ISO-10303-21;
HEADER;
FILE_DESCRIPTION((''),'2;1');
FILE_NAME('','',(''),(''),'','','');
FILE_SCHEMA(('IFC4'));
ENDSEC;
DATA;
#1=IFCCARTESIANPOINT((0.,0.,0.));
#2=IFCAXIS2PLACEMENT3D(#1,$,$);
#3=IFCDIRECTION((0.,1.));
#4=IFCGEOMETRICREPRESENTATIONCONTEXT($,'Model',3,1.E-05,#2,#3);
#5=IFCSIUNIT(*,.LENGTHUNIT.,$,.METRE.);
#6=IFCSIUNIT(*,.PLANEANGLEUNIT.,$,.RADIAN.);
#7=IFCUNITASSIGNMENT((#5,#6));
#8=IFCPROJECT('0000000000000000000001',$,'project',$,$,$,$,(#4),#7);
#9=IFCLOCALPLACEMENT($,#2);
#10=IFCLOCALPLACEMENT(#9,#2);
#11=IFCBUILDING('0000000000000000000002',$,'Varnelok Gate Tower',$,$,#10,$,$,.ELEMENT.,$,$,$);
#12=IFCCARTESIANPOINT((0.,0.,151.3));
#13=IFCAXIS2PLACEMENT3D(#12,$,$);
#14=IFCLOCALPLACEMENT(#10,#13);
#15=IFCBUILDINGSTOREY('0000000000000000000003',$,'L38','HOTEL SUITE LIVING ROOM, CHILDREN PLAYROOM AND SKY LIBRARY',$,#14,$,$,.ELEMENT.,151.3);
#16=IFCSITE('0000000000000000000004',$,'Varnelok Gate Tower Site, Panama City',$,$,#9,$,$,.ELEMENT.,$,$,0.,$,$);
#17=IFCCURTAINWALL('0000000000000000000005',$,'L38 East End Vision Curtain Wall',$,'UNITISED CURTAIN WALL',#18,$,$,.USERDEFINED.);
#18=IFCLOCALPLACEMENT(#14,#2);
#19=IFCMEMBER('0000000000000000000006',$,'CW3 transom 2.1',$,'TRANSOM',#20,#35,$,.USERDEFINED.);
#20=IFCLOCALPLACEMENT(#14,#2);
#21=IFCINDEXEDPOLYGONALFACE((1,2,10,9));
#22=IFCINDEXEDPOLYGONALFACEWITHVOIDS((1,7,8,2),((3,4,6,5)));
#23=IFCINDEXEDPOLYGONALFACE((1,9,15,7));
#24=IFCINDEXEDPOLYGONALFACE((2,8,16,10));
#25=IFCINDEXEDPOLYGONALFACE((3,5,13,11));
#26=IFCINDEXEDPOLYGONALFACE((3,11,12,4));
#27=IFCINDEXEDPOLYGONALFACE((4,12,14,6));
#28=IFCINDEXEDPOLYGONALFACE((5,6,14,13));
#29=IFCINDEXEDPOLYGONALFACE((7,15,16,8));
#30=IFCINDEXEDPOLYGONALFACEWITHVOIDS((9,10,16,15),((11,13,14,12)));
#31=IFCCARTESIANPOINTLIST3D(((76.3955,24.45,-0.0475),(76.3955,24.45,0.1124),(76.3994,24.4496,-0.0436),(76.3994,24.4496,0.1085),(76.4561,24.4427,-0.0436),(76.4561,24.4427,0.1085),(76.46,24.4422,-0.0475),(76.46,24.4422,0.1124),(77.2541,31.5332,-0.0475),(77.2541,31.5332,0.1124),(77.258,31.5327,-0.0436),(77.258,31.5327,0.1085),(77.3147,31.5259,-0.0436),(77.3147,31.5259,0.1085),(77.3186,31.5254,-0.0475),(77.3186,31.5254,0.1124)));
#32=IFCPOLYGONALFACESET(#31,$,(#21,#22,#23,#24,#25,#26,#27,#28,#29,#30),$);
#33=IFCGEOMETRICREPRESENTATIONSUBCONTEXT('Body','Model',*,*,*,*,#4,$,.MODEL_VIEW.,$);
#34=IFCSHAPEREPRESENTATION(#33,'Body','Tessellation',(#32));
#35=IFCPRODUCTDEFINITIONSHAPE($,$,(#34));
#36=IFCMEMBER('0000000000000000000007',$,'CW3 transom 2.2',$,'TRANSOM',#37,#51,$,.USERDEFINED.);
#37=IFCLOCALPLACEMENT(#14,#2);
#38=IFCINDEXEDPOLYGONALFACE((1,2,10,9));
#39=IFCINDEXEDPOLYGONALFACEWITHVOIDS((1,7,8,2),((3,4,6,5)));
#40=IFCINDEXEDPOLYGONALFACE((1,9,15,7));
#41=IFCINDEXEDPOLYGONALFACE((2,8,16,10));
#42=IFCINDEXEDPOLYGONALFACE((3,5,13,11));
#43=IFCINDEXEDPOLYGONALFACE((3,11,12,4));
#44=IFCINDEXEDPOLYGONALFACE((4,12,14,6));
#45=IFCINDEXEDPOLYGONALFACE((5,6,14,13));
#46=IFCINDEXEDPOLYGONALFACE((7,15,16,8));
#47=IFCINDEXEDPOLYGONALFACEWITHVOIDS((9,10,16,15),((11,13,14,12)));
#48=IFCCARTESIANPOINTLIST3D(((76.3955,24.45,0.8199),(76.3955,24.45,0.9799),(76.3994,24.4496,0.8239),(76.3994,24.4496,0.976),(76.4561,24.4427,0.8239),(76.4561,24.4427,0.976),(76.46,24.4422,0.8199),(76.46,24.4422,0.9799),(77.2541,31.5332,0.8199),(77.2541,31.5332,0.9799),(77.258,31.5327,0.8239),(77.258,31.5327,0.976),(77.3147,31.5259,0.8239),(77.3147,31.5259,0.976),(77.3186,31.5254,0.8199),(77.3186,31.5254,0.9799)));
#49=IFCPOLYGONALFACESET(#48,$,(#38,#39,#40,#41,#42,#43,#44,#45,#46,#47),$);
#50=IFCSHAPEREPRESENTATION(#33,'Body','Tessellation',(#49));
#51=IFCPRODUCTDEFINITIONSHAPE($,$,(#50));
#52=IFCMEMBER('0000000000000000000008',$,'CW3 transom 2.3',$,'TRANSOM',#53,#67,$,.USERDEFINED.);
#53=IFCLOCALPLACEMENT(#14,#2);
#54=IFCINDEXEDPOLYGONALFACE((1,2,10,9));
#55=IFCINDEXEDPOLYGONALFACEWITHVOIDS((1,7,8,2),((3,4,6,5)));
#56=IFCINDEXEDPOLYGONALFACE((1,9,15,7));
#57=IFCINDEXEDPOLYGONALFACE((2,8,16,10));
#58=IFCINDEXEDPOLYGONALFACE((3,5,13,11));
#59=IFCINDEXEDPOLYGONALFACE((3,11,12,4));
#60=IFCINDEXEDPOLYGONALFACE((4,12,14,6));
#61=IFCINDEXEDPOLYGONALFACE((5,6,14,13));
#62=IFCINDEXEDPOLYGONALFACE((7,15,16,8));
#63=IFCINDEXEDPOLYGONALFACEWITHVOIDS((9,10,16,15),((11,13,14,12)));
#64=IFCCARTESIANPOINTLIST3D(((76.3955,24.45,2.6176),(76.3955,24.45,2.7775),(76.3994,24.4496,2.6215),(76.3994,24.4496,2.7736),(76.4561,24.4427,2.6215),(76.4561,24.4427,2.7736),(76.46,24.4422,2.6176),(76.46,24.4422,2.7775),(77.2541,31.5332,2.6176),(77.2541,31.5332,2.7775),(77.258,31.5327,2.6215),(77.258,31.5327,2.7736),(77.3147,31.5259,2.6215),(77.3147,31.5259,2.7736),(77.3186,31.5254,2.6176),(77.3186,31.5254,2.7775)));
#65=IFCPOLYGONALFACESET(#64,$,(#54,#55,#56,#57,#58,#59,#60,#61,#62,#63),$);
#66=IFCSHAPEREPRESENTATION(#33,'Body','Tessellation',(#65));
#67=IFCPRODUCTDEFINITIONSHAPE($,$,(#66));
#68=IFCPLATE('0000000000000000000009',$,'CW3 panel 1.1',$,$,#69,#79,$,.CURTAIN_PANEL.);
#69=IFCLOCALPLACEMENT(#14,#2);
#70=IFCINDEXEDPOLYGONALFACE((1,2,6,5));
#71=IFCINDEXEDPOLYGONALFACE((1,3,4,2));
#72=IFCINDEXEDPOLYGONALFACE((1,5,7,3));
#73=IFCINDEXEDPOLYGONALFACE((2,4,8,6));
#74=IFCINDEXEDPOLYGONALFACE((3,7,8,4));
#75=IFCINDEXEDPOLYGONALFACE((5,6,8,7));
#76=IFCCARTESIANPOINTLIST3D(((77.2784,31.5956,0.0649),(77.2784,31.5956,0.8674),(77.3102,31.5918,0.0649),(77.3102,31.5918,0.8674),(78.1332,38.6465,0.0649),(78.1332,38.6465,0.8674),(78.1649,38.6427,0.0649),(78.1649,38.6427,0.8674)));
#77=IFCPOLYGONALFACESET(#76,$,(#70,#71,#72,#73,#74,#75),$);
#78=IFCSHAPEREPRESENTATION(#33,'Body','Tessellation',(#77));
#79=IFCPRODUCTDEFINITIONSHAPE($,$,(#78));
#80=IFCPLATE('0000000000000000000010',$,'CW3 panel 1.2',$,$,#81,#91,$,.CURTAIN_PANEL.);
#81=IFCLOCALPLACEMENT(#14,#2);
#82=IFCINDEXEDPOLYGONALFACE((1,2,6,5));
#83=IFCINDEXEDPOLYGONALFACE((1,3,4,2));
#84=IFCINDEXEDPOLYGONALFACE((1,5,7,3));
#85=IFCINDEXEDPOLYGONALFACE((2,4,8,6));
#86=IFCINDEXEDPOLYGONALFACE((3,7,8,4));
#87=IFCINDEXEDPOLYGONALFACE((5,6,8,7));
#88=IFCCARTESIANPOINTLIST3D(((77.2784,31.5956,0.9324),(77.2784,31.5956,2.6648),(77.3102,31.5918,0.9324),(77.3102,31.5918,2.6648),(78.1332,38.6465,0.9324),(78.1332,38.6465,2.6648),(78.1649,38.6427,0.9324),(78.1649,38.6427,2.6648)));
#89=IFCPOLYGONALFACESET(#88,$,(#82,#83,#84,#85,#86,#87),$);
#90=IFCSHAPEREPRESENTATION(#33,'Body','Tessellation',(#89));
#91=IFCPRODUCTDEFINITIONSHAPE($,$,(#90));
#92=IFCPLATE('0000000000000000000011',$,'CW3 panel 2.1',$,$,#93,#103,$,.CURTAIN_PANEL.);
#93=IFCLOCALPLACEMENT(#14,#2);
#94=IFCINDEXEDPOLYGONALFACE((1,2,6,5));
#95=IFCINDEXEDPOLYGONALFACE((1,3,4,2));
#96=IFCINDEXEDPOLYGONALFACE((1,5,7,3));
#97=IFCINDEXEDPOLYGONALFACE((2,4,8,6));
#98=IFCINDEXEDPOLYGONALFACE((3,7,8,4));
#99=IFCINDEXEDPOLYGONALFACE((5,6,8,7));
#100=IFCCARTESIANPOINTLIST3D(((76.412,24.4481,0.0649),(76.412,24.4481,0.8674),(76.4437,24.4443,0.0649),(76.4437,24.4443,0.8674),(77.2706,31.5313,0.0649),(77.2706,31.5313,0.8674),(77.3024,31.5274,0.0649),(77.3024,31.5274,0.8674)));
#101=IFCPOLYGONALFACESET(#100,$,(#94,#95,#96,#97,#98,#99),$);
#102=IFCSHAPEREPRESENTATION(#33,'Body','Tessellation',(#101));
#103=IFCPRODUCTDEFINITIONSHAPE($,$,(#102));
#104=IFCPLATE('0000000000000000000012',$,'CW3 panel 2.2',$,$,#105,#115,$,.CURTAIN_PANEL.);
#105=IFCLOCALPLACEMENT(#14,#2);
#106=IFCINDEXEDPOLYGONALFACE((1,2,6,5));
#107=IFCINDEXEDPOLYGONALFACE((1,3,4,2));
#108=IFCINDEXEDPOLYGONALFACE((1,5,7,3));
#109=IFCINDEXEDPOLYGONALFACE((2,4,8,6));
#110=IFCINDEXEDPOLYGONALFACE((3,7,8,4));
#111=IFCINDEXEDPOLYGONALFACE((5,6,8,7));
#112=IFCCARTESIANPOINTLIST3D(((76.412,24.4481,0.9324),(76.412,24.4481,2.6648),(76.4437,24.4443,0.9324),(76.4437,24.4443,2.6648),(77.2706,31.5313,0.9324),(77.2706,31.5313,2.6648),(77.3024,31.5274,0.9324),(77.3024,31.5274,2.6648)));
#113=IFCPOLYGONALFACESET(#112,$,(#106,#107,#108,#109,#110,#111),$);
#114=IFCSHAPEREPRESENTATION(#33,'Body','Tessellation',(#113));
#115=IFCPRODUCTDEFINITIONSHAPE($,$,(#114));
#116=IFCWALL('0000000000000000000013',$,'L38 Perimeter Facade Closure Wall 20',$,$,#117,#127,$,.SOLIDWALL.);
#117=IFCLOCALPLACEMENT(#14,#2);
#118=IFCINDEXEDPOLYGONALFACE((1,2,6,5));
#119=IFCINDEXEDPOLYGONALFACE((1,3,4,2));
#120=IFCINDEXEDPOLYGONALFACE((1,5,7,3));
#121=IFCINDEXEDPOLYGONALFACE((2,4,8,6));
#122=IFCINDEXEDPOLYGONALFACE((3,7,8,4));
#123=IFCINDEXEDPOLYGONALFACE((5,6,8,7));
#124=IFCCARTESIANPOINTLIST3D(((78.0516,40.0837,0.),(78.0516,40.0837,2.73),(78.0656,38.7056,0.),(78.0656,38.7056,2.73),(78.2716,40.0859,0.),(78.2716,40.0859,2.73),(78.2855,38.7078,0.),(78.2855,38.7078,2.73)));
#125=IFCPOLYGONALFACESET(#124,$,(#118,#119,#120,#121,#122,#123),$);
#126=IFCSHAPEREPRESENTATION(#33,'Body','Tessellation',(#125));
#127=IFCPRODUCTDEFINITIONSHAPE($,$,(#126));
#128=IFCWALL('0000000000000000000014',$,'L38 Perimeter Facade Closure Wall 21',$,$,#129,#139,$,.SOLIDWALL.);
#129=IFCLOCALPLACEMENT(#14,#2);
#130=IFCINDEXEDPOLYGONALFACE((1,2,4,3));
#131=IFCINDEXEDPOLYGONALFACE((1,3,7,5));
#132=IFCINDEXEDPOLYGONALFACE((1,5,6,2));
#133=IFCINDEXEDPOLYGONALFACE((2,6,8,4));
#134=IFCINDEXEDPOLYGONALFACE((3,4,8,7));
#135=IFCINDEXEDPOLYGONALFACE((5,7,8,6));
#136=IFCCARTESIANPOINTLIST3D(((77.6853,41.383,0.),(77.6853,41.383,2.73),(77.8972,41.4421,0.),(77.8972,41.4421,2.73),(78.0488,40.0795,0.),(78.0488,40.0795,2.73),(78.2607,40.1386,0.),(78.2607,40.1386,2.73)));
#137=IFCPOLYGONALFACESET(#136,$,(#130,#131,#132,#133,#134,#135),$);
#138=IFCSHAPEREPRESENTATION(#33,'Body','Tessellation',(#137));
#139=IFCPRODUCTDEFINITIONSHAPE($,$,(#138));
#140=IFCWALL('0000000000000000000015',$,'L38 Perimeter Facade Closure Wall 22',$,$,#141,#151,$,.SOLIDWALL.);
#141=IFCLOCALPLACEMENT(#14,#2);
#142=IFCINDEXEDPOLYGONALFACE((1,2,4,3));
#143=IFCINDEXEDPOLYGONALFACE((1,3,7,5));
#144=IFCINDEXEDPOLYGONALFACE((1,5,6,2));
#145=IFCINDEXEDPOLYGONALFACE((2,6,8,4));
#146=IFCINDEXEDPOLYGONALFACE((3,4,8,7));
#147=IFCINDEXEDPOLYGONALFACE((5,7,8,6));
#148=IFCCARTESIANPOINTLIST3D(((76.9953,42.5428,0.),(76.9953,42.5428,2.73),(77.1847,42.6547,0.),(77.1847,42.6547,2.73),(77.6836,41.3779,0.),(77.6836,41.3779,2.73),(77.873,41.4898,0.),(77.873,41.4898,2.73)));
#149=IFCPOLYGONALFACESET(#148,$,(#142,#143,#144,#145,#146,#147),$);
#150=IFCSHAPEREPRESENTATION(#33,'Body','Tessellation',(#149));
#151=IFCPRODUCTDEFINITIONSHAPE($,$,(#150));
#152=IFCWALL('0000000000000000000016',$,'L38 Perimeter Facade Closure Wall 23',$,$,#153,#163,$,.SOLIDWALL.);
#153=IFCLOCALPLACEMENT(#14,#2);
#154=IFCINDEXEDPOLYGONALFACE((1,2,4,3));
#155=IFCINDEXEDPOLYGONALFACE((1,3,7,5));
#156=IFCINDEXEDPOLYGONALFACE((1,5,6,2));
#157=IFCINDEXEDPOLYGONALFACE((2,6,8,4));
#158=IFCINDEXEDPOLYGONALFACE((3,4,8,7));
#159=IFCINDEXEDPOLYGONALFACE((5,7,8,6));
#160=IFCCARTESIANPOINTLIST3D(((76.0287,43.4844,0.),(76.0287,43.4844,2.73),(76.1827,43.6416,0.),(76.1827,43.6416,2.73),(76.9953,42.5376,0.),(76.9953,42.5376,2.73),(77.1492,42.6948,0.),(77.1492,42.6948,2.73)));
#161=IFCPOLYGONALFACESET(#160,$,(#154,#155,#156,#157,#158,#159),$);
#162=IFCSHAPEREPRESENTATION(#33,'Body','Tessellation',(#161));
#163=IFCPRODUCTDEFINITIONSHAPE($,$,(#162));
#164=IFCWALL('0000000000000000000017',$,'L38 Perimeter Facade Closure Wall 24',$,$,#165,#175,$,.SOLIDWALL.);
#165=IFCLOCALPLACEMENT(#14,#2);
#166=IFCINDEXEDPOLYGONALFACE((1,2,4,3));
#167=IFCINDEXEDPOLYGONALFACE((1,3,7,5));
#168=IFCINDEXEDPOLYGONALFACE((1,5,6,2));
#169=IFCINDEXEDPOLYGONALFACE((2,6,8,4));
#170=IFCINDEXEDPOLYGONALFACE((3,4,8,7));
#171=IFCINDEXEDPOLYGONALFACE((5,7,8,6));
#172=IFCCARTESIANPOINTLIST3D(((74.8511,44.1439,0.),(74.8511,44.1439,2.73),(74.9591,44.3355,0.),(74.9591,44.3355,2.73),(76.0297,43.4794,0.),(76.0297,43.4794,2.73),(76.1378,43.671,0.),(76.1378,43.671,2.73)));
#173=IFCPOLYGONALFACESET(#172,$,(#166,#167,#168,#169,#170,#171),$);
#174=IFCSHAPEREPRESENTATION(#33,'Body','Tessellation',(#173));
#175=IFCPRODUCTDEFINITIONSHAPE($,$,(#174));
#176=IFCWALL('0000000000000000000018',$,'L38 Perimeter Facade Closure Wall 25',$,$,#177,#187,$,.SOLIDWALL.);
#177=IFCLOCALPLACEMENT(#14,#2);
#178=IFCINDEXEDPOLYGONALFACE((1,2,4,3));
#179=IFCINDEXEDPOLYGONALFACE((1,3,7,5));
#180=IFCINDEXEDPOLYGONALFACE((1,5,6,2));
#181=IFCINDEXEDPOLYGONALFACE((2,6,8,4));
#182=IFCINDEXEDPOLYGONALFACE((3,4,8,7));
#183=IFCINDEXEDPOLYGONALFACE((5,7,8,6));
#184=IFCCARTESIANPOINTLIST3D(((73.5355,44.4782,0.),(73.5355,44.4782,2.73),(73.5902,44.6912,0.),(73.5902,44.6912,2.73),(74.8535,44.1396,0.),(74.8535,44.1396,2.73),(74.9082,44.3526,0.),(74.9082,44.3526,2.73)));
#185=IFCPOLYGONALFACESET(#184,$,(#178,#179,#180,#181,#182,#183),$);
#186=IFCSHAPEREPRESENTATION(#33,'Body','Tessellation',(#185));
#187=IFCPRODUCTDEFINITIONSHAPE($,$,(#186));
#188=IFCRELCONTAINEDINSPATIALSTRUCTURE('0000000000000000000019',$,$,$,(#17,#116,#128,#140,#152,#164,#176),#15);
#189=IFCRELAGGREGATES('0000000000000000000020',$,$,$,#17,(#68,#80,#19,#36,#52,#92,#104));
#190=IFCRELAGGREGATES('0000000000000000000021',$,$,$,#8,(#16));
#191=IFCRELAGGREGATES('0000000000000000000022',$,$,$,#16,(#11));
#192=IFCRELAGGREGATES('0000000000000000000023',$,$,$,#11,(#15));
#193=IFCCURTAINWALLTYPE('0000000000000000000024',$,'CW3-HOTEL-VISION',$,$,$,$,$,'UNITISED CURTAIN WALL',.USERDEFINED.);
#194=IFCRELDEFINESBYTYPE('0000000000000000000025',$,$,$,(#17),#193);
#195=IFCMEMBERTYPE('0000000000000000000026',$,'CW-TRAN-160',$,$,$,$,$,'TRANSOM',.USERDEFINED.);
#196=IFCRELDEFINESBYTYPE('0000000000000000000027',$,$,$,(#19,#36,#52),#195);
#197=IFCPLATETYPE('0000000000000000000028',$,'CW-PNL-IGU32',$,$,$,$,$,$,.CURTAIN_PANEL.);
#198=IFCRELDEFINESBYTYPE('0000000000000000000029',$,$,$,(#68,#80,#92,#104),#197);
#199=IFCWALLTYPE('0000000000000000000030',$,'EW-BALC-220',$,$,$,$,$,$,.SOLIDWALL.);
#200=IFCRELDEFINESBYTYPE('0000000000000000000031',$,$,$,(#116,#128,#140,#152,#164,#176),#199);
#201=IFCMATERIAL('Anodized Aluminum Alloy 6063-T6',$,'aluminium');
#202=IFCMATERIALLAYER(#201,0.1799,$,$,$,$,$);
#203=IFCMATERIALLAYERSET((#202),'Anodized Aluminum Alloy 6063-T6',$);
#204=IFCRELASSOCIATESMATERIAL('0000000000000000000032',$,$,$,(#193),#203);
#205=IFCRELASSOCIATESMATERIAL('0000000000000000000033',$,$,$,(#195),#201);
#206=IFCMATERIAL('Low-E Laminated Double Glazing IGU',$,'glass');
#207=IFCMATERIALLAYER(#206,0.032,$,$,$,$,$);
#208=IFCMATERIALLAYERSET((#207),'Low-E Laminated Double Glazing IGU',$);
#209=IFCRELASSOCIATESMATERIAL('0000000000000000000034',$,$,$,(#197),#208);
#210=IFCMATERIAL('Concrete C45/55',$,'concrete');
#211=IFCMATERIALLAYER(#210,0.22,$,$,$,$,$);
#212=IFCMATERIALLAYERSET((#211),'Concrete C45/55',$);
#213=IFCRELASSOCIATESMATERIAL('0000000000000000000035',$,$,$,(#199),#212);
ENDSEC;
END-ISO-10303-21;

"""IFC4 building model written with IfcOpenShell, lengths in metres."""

from ifc_helpers import new_model, si_unit, direction, frame, frame_2d, origin, origin_2d, place, context, subcontext, project, spatial, rectangle, hollow_rectangle, extrude, source, transform, mapped, material, layer, layer_set, material_profile, profile_set, type_object, element, aggregate, save


model = new_model("IFC4")

# Units and contexts
model_context = context("Model", 3, precision=1e-05, world=origin(), true_north=direction((0.0, 1.0)))
body_context = subcontext(model_context, "Body", "Model", "MODEL_VIEW")
ifc_project = project(units=[si_unit("LENGTHUNIT", "METRE"), si_unit("PLANEANGLEUNIT", "RADIAN")], contexts=[model_context])

# Site, building, storey
site_placement = place(None, origin())
site = spatial("IfcSite", under=ifc_project, at=site_placement, Name="Varnelok Gate Tower Site, Panama City", CompositionType="ELEMENT", RefElevation=0.0)
building_placement = place(site_placement, origin())
building = spatial("IfcBuilding", under=site, at=building_placement, Name="Varnelok Gate Tower", CompositionType="ELEMENT")
storey_placement = place(building_placement, frame((0.0, 0.0, 151.3)))
storey = spatial("IfcBuildingStorey", under=building, at=storey_placement, Name="L38", Description="HOTEL SUITE LIVING ROOM, CHILDREN PLAYROOM AND SKY LIBRARY", CompositionType="ELEMENT", Elevation=151.3)

# Curtain wall, members, plates
ifc_material_1 = material(Name="Anodized Aluminum Alloy 6063-T6", Category="aluminium")
ifc_layer_1 = layer(ifc_material_1, 0.1799)
ifc_layer_set_1 = layer_set([ifc_layer_1], Name="Anodized Aluminum Alloy 6063-T6")
curtain_wall_type = type_object("IfcCurtainWallType", Name="CW3-HOTEL-VISION", ElementType="UNITISED CURTAIN WALL", PredefinedType="USERDEFINED", material=ifc_layer_set_1)
curtain_wall_placement = place(storey_placement, origin())
curtain_wall = element("IfcCurtainWall", 1, at=curtain_wall_placement, inside=storey, type_object=curtain_wall_type, Name="L38 East End Vision Curtain Wall", ObjectType="UNITISED CURTAIN WALL", PredefinedType="USERDEFINED")
ifc_material_profile_1 = material_profile(ifc_material_1, hollow_rectangle(XDim=0.0649, YDim=0.1599, WallThickness=0.0039, at=origin_2d()), Name="ALU160X65X4")
ifc_profile_set_1 = profile_set([ifc_material_profile_1], Name="Anodized Aluminum Alloy 6063-T6")
member_type_1 = type_object("IfcMemberType", Name="CW-TRAN-160", ElementType="TRANSOM", PredefinedType="USERDEFINED", material=ifc_profile_set_1)
member_1_placement = place(storey_placement, frame((77.2864, 31.5293, 0.0325), z_axis=(-0.120341, -0.992733, 0.0), x_axis=(0.992733, -0.120341, 0.0)))
member_1 = element("IfcMember", 2, at=member_1_placement, type_object=member_type_1, Name="CW3 transom 2.1", ObjectType="TRANSOM", PredefinedType="USERDEFINED", context=body_context, shape_type="SweptSolid", body=[
    extrude(hollow_rectangle(XDim=0.0649, YDim=0.1599, WallThickness=0.0039, at=origin_2d()), origin(), (0.0, 0.0, 1.0), 7.135),
])
member_2_placement = place(storey_placement, frame((77.2864, 31.5293, 0.8999), z_axis=(-0.120341, -0.992733, 0.0), x_axis=(0.992733, -0.120341, 0.0)))
member_2 = element("IfcMember", 3, at=member_2_placement, type_object=member_type_1, Name="CW3 transom 2.2", ObjectType="TRANSOM", PredefinedType="USERDEFINED", context=body_context, shape_type="SweptSolid", body=[
    extrude(hollow_rectangle(XDim=0.0649, YDim=0.1599, WallThickness=0.0039, at=origin_2d()), origin(), (0.0, 0.0, 1.0), 7.135),
])
member_3_placement = place(storey_placement, frame((77.2864, 31.5293, 2.6975), z_axis=(-0.120341, -0.992733, 0.0), x_axis=(0.992733, -0.120341, 0.0)))
member_3 = element("IfcMember", 4, at=member_3_placement, type_object=member_type_1, Name="CW3 transom 2.3", ObjectType="TRANSOM", PredefinedType="USERDEFINED", context=body_context, shape_type="SweptSolid", body=[
    extrude(hollow_rectangle(XDim=0.0649, YDim=0.1599, WallThickness=0.0039, at=origin_2d()), origin(), (0.0, 0.0, 1.0), 7.135),
])
ifc_material_2 = material(Name="Low-E Laminated Double Glazing IGU", Category="glass")
ifc_layer_2 = layer(ifc_material_2, 0.032)
ifc_layer_set_2 = layer_set([ifc_layer_2], Name="Low-E Laminated Double Glazing IGU")
plate_type = type_object("IfcPlateType", Name="CW-PNL-IGU32", PredefinedType="CURTAIN_PANEL", material=ifc_layer_set_2)
shared_shape_1 = source(origin(), body_context, "Body", "SweptSolid", [
    extrude(rectangle(XDim=7.1025, YDim=0.032, at=origin_2d()), origin(), (0.0, 0.0, 1.0), 0.8025),
])
plate_1_placement = place(storey_placement, frame((77.7217, 35.1191, 0.0649), z_axis=(0.0, 0.0, 1.0), x_axis=(-0.120347, -0.992732, 0.0)))
plate_1 = element("IfcPlate", 5, at=plate_1_placement, type_object=plate_type, Name="CW3 panel 1.1", PredefinedType="CURTAIN_PANEL", context=body_context, shape_type="MappedRepresentation", body=[
    mapped(shared_shape_1, transform((0.0, 0.0, 0.0), scale=1.0)),
])
shared_shape_2 = source(origin(), body_context, "Body", "SweptSolid", [
    extrude(rectangle(XDim=7.1025, YDim=0.032, at=origin_2d()), origin(), (0.0, 0.0, 1.0), 1.7324),
])
plate_2_placement = place(storey_placement, frame((77.7217, 35.1191, 0.9324), z_axis=(0.0, 0.0, 1.0), x_axis=(-0.120347, -0.992732, 0.0)))
plate_2 = element("IfcPlate", 6, at=plate_2_placement, type_object=plate_type, Name="CW3 panel 1.2", PredefinedType="CURTAIN_PANEL", context=body_context, shape_type="MappedRepresentation", body=[
    mapped(shared_shape_2, transform((0.0, 0.0, 0.0), scale=1.0)),
])
shared_shape_3 = source(origin(), body_context, "Body", "SweptSolid", [
    extrude(rectangle(XDim=7.135, YDim=0.032, at=origin_2d()), origin(), (0.0, 0.0, 1.0), 0.8025),
])
plate_3_placement = place(storey_placement, frame((76.8572, 27.9878, 0.0649), z_axis=(0.0, 0.0, 1.0), x_axis=(-0.120347, -0.992732, 0.0)))
plate_3 = element("IfcPlate", 7, at=plate_3_placement, type_object=plate_type, Name="CW3 panel 2.1", PredefinedType="CURTAIN_PANEL", context=body_context, shape_type="MappedRepresentation", body=[
    mapped(shared_shape_3, transform((0.0, 0.0, 0.0), scale=1.0)),
])
shared_shape_4 = source(origin(), body_context, "Body", "SweptSolid", [
    extrude(rectangle(XDim=7.135, YDim=0.032, at=origin_2d()), origin(), (0.0, 0.0, 1.0), 1.7324),
])
plate_4_placement = place(storey_placement, frame((76.8572, 27.9878, 0.9324), z_axis=(0.0, 0.0, 1.0), x_axis=(-0.120347, -0.992732, 0.0)))
plate_4 = element("IfcPlate", 8, at=plate_4_placement, type_object=plate_type, Name="CW3 panel 2.2", PredefinedType="CURTAIN_PANEL", context=body_context, shape_type="MappedRepresentation", body=[
    mapped(shared_shape_4, transform((0.0, 0.0, 0.0), scale=1.0)),
])
aggregate(curtain_wall, [plate_1, plate_2, member_1, member_2, member_3, plate_3, plate_4])

# Walls
ifc_material_3 = material(Name="Concrete C45/55", Category="concrete")
ifc_layer_3 = layer(ifc_material_3, 0.22)
ifc_layer_set_3 = layer_set([ifc_layer_3], Name="Concrete C45/55")
wall_type_1 = type_object("IfcWallType", Name="EW-BALC-220", PredefinedType="SOLIDWALL", material=ifc_layer_set_3)
wall_1_placement = place(storey_placement, frame((78.1755, 38.7068, 0.0), z_axis=(0.0, 0.0, 1.0), x_axis=(-0.010097, 0.999949, 0.0)))
element("IfcWall", 9, at=wall_1_placement, inside=storey, type_object=wall_type_1, Name="L38 Perimeter Facade Closure Wall 20", PredefinedType="SOLIDWALL", context=body_context, shape_type="SweptSolid", body=[
    extrude(rectangle(XDim=1.3782, YDim=0.22, at=frame_2d((0.689, 0.0))), origin(), (0.0, 0.0, 1.0), 2.73),
])
wall_2_placement = place(storey_placement, frame((78.1548, 40.1089, 0.0), z_axis=(0.0, 0.0, 1.0), x_axis=(-0.268639, 0.963241, 0.0)))
element("IfcWall", 10, at=wall_2_placement, inside=storey, type_object=wall_type_1, Name="L38 Perimeter Facade Closure Wall 21", PredefinedType="SOLIDWALL", context=body_context, shape_type="SweptSolid", body=[
    extrude(rectangle(XDim=1.3533, YDim=0.22, at=frame_2d((0.6768, 0.0))), origin(), (0.0, 0.0, 1.0), 2.73),
])
for number, where, z_axis, x_axis, name in (
    (11, (77.7783, 41.4338, 0.0), (0.0, 0.0, 1.0), (-0.508699, 0.860944, 0.0), "L38 Perimeter Facade Closure Wall 22"),
    (12, (77.0723, 42.6162, 0.0), (0.0, 0.0, 1.0), (-0.714377, 0.699761, 0.0), "L38 Perimeter Facade Closure Wall 23"),
    (13, (76.0837, 43.5752, 0.0), (0.0, 0.0, 1.0), (-0.871093, 0.491118, 0.0), "L38 Perimeter Facade Closure Wall 24"),
):
    element("IfcWall", number, at=place(storey_placement, frame(where, z_axis=z_axis, x_axis=x_axis)), inside=storey, type_object=wall_type_1, Name=name, PredefinedType="SOLIDWALL", context=body_context, shape_type="SweptSolid", body=[
        extrude(rectangle(XDim=1.353, YDim=0.22, at=frame_2d((0.6765, 0.0))), origin(), (0.0, 0.0, 1.0), 2.73),
    ])
wall_3_placement = place(storey_placement, frame((74.8809, 44.2461, 0.0), z_axis=(0.0, 0.0, 1.0), x_axis=(-0.96855, 0.24882, 0.0)))
element("IfcWall", 14, at=wall_3_placement, inside=storey, type_object=wall_type_1, Name="L38 Perimeter Facade Closure Wall 25", PredefinedType="SOLIDWALL", context=body_context, shape_type="SweptSolid", body=[
    extrude(rectangle(XDim=1.3608, YDim=0.22, at=frame_2d((0.6804, 0.0))), origin(), (0.0, 0.0, 1.0), 2.73),
])

save(model, "model.ifc")
